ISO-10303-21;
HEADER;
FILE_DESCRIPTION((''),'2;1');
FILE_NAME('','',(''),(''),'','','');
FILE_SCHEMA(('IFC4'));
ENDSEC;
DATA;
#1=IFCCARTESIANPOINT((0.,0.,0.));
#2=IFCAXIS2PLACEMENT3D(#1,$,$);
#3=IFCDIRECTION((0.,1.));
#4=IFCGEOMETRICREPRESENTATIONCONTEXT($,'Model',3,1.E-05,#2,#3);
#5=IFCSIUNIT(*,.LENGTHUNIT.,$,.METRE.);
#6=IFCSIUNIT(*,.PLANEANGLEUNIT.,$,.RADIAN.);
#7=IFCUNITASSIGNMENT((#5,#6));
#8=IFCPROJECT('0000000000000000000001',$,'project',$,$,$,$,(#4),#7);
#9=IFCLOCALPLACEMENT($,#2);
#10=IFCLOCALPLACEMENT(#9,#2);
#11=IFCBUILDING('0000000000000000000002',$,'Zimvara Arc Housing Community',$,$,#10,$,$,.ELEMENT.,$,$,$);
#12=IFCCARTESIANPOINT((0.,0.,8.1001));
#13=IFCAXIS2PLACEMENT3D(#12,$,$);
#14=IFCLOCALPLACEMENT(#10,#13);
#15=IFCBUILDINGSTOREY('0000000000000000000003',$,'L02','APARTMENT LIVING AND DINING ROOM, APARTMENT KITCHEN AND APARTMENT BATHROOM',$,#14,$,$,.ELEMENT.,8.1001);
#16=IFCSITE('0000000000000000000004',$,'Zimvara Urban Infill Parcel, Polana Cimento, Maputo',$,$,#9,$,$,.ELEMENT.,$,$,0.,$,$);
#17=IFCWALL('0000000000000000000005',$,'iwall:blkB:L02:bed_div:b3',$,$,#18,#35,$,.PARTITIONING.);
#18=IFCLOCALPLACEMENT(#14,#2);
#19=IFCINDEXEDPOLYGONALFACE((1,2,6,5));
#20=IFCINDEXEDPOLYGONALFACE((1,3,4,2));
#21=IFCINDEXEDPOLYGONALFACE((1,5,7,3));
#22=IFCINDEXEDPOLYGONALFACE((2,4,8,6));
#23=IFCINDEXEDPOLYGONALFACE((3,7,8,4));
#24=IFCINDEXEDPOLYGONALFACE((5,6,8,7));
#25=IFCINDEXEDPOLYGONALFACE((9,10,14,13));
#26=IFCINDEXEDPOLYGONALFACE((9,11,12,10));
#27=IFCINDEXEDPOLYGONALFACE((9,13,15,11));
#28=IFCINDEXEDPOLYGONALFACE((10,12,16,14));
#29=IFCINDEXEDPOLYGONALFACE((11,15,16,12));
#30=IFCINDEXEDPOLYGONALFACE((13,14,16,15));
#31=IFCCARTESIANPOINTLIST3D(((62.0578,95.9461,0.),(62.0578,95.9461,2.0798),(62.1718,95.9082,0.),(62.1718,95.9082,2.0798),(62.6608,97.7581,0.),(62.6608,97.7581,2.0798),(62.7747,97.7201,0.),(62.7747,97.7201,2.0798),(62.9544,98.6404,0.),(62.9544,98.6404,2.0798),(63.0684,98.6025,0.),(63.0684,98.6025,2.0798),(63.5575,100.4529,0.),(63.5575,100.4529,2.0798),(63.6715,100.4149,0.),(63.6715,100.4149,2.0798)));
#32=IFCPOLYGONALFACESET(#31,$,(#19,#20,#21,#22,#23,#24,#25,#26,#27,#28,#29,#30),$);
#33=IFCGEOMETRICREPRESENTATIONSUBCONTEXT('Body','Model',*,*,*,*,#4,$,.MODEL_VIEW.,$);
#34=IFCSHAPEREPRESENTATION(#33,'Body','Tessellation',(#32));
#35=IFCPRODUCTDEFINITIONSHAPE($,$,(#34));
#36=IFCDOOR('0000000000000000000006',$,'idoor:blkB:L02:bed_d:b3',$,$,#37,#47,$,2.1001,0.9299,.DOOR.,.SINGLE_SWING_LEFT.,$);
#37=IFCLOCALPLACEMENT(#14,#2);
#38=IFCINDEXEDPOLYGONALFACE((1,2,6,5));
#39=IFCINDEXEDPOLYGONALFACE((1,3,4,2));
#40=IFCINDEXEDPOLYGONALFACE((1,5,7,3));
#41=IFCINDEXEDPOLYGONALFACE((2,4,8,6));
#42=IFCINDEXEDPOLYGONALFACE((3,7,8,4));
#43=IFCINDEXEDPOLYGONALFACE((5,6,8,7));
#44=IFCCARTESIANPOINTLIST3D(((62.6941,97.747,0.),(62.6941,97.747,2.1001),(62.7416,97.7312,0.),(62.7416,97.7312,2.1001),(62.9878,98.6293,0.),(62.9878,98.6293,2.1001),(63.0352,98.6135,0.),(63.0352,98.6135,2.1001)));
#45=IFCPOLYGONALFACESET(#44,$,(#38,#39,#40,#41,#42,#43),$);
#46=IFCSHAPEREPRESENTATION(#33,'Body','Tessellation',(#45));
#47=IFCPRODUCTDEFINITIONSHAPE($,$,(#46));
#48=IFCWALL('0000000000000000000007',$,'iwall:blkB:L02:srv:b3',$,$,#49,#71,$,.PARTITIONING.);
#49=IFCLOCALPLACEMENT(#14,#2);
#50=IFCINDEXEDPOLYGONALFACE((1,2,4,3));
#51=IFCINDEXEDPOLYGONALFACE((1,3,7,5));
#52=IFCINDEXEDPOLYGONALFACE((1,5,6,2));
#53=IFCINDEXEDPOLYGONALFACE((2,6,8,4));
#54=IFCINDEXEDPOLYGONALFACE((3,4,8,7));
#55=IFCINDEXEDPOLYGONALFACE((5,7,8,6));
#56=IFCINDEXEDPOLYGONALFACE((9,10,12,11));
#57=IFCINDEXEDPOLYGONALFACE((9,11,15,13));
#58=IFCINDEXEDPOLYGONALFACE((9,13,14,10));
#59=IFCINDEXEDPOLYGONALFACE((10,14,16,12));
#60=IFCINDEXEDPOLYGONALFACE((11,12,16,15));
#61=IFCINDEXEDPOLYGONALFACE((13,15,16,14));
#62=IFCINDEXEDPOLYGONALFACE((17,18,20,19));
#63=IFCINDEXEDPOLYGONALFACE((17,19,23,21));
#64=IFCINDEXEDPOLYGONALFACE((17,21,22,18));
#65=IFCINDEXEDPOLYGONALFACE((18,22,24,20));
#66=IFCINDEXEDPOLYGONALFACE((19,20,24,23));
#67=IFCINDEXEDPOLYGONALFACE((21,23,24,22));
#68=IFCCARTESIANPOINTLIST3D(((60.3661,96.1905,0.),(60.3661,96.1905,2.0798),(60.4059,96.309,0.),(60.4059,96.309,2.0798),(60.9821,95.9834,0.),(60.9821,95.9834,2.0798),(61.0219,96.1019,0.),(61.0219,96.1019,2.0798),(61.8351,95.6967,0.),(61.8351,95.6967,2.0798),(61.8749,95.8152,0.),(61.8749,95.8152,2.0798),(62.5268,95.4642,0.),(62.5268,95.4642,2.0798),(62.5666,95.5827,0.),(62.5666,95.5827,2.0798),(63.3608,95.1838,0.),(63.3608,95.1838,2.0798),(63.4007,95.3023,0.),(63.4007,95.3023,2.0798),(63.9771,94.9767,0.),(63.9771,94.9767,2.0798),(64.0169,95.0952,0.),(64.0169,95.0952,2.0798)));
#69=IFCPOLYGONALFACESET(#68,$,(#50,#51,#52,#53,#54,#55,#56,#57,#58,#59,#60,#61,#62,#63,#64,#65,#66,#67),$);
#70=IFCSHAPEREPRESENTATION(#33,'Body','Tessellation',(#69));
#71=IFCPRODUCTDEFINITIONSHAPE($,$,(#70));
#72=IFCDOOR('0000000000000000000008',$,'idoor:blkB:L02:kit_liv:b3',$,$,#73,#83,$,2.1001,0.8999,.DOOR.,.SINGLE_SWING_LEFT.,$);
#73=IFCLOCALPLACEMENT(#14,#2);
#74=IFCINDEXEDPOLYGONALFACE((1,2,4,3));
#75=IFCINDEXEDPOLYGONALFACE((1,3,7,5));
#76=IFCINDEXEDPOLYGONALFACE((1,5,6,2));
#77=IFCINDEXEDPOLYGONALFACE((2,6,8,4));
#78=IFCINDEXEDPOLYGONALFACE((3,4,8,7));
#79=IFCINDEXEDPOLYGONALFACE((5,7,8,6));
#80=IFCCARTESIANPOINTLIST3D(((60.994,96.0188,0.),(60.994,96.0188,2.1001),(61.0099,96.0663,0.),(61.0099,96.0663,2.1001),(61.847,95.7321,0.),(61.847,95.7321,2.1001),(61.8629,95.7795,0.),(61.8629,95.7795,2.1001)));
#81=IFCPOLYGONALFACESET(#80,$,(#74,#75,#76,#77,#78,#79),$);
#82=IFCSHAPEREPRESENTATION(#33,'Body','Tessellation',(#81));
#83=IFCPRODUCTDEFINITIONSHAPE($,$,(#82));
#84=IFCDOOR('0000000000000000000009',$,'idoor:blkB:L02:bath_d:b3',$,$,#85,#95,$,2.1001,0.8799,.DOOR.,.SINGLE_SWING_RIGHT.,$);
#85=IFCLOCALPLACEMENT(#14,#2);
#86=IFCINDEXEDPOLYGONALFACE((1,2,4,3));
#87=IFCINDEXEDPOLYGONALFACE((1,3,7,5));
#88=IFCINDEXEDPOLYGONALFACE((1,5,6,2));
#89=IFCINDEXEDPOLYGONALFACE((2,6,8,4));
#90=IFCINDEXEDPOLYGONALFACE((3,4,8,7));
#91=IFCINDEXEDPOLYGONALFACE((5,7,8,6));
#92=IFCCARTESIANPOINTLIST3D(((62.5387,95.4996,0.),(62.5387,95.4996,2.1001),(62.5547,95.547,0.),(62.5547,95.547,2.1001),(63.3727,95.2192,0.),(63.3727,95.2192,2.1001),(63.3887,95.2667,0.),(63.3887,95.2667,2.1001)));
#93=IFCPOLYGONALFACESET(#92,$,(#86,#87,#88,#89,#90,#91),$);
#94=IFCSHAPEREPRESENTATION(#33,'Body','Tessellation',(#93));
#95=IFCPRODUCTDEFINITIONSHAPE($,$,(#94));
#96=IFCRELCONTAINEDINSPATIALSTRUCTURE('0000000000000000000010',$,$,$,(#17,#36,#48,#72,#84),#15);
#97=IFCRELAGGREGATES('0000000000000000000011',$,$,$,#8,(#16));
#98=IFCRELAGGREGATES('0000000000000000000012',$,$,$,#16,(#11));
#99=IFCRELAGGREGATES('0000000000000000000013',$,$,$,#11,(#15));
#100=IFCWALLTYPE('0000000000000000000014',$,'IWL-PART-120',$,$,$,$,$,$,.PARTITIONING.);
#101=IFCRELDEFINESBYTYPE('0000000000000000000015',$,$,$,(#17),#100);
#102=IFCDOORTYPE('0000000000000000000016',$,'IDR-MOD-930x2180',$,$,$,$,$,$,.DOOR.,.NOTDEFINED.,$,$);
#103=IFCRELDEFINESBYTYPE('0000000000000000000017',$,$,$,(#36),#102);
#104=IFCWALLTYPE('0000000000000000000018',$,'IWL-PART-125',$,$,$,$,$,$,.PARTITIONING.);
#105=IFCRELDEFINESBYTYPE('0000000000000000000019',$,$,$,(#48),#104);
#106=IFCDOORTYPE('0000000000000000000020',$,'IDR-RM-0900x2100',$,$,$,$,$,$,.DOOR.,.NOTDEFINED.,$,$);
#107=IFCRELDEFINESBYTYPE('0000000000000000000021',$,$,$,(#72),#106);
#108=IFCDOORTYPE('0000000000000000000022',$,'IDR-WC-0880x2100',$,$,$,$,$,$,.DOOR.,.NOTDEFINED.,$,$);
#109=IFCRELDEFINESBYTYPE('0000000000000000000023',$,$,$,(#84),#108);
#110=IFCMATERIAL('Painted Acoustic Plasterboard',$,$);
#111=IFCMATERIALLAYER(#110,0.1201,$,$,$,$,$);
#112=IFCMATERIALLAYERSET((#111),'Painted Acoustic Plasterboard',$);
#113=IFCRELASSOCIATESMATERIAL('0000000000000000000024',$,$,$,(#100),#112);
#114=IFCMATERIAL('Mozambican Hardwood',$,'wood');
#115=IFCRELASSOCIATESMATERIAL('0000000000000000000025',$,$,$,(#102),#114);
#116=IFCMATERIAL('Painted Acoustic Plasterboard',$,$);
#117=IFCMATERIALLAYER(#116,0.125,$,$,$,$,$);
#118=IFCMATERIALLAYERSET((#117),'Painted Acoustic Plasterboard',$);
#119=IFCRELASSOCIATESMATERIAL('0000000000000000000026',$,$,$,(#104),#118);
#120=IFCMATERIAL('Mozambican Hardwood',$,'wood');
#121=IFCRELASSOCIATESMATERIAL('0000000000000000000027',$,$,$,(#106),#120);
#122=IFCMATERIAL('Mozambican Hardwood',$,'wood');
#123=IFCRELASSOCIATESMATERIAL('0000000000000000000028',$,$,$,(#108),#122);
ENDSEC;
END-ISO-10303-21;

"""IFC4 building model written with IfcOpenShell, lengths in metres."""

from ifc_helpers import new_model, si_unit, direction, frame, frame_2d, origin, place, context, subcontext, project, spatial, rectangle, extrude, material, layer, layer_set, type_object, element, fill, save


model = new_model("IFC4")

# Units and contexts
model_context = context("Model", 3, precision=1e-05, world=origin(), true_north=direction((0.0, 1.0)))
body_context = subcontext(model_context, "Body", "Model", "MODEL_VIEW")
ifc_project = project(units=[si_unit("LENGTHUNIT", "METRE"), si_unit("PLANEANGLEUNIT", "RADIAN")], contexts=[model_context])

# Site, building, storey
site_placement = place(None, origin())
site = spatial("IfcSite", under=ifc_project, at=site_placement, Name="Zimvara Urban Infill Parcel, Polana Cimento, Maputo", CompositionType="ELEMENT", RefElevation=0.0)
building_placement = place(site_placement, origin())
building = spatial("IfcBuilding", under=site, at=building_placement, Name="Zimvara Arc Housing Community", CompositionType="ELEMENT")
storey_placement = place(building_placement, frame((0.0, 0.0, 8.1001)))
storey = spatial("IfcBuildingStorey", under=building, at=storey_placement, Name="L02", Description="APARTMENT LIVING AND DINING ROOM, APARTMENT KITCHEN AND APARTMENT BATHROOM", CompositionType="ELEMENT", Elevation=8.1001)

# Wall, opening, door
ifc_material_1 = material(Name="Painted Acoustic Plasterboard")
ifc_layer_1 = layer(ifc_material_1, 0.1201)
ifc_layer_set_1 = layer_set([ifc_layer_1], Name="Painted Acoustic Plasterboard")
wall_type_1 = type_object("IfcWallType", Name="IWL-PART-120", PredefinedType="PARTITIONING", material=ifc_layer_set_1)
wall_1_placement = place(storey_placement, frame((62.1147, 95.927, 0.0), z_axis=(0.0, 0.0, 1.0), x_axis=(0.31575, 0.948843, 0.0)))
wall_1 = element("IfcWall", 1, at=wall_1_placement, inside=storey, type_object=wall_type_1, Name="iwall:blkB:L02:bed_div:b3", PredefinedType="PARTITIONING", context=body_context, shape_type="SweptSolid", body=[
    extrude(rectangle(XDim=4.7498, YDim=0.1201, at=frame_2d((2.375, 0.0))), origin(), (0.0, 0.0, 1.0), 2.0798),
])
opening_1_placement = place(wall_1_placement, frame((1.9099, 0.0, 0.0)))
opening_1 = element("IfcOpeningElement", 2, at=opening_1_placement, cuts=wall_1, PredefinedType="OPENING", context=body_context, shape_type="SweptSolid", body=[
    extrude(rectangle(XDim=0.9299, YDim=2.1001, at=frame_2d((0.4648, 1.05))), frame((0.0, 0.0701, 0.0), z_axis=(0.0, -1.0, 0.0), x_axis=(1.0, 0.0, 0.0)), (0.0, 0.0, 1.0), 0.1401),
])
ifc_material_2 = material(Name="Mozambican Hardwood", Category="wood")
door_type_1 = type_object("IfcDoorType", Name="IDR-MOD-930x2180", OperationType="NOTDEFINED", PredefinedType="DOOR", material=ifc_material_2)
door_1_placement = place(opening_1_placement, origin())
door_1 = element("IfcDoor", 3, at=door_1_placement, inside=storey, type_object=door_type_1, Name="idoor:blkB:L02:bed_d:b3", OperationType="SINGLE_SWING_LEFT", OverallHeight=2.1001, OverallWidth=0.9299, PredefinedType="DOOR", context=body_context, shape_type="SweptSolid", body=[
    extrude(rectangle(XDim=0.9299, YDim=2.1001, at=frame_2d((0.4648, 1.05))), frame((0.0, 0.0249, 0.0), z_axis=(0.0, -1.0, 0.0), x_axis=(1.0, 0.0, 0.0)), (0.0, 0.0, 1.0), 0.05),
])
fill(opening_1, door_1)

# Wall, openings, doors
ifc_material_3 = material(Name="Painted Acoustic Plasterboard")
ifc_layer_2 = layer(ifc_material_3, 0.125)
ifc_layer_set_2 = layer_set([ifc_layer_2], Name="Painted Acoustic Plasterboard")
wall_type_2 = type_object("IfcWallType", Name="IWL-PART-125", PredefinedType="PARTITIONING", material=ifc_layer_set_2)
wall_2_placement = place(storey_placement, frame((60.386, 96.2498, 0.0), z_axis=(0.0, 0.0, 1.0), x_axis=(0.947879, -0.31863, 0.0)))
wall_2 = element("IfcWall", 4, at=wall_2_placement, inside=storey, type_object=wall_type_2, Name="iwall:blkB:L02:srv:b3", PredefinedType="PARTITIONING", context=body_context, shape_type="SweptSolid", body=[
    extrude(rectangle(XDim=3.8096, YDim=0.125, at=frame_2d((1.9048, 0.0))), origin(), (0.0, 0.0, 1.0), 2.0798),
])
opening_2_placement = place(wall_2_placement, frame((0.6499, 0.0, 0.0)))
opening_2 = element("IfcOpeningElement", 5, at=opening_2_placement, cuts=wall_2, PredefinedType="OPENING", context=body_context, shape_type="SweptSolid", body=[
    extrude(rectangle(XDim=0.8999, YDim=2.1001, at=frame_2d((0.45, 1.05))), frame((0.0, 0.0725, 0.0), z_axis=(0.0, -1.0, 0.0), x_axis=(1.0, 0.0, 0.0)), (0.0, 0.0, 1.0), 0.145),
])
opening_3_placement = place(wall_2_placement, frame((2.2795, 0.0, 0.0)))
opening_3 = element("IfcOpeningElement", 6, at=opening_3_placement, cuts=wall_2, PredefinedType="OPENING", context=body_context, shape_type="SweptSolid", body=[
    extrude(rectangle(XDim=0.8799, YDim=2.1001, at=frame_2d((0.4399, 1.05))), frame((0.0, 0.0725, 0.0), z_axis=(0.0, -1.0, 0.0), x_axis=(1.0, 0.0, 0.0)), (0.0, 0.0, 1.0), 0.145),
])
ifc_material_4 = material(Name="Mozambican Hardwood", Category="wood")
door_type_2 = type_object("IfcDoorType", Name="IDR-RM-0900x2100", OperationType="NOTDEFINED", PredefinedType="DOOR", material=ifc_material_4)
door_2_placement = place(opening_2_placement, origin())
door_2 = element("IfcDoor", 7, at=door_2_placement, inside=storey, type_object=door_type_2, Name="idoor:blkB:L02:kit_liv:b3", OperationType="SINGLE_SWING_LEFT", OverallHeight=2.1001, OverallWidth=0.8999, PredefinedType="DOOR", context=body_context, shape_type="SweptSolid", body=[
    extrude(rectangle(XDim=0.8999, YDim=2.1001, at=frame_2d((0.45, 1.05))), frame((0.0, 0.0249, 0.0), z_axis=(0.0, -1.0, 0.0), x_axis=(1.0, 0.0, 0.0)), (0.0, 0.0, 1.0), 0.05),
])
fill(opening_2, door_2)
ifc_material_5 = material(Name="Mozambican Hardwood", Category="wood")
door_type_3 = type_object("IfcDoorType", Name="IDR-WC-0880x2100", OperationType="NOTDEFINED", PredefinedType="DOOR", material=ifc_material_5)
door_3_placement = place(opening_3_placement, origin())
door_3 = element("IfcDoor", 8, at=door_3_placement, inside=storey, type_object=door_type_3, Name="idoor:blkB:L02:bath_d:b3", OperationType="SINGLE_SWING_RIGHT", OverallHeight=2.1001, OverallWidth=0.8799, PredefinedType="DOOR", context=body_context, shape_type="SweptSolid", body=[
    extrude(rectangle(XDim=0.8799, YDim=2.1001, at=frame_2d((0.4399, 1.05))), frame((0.0, 0.0249, 0.0), z_axis=(0.0, -1.0, 0.0), x_axis=(1.0, 0.0, 0.0)), (0.0, 0.0, 1.0), 0.05),
])
fill(opening_3, door_3)

save(model, "model.ifc")
